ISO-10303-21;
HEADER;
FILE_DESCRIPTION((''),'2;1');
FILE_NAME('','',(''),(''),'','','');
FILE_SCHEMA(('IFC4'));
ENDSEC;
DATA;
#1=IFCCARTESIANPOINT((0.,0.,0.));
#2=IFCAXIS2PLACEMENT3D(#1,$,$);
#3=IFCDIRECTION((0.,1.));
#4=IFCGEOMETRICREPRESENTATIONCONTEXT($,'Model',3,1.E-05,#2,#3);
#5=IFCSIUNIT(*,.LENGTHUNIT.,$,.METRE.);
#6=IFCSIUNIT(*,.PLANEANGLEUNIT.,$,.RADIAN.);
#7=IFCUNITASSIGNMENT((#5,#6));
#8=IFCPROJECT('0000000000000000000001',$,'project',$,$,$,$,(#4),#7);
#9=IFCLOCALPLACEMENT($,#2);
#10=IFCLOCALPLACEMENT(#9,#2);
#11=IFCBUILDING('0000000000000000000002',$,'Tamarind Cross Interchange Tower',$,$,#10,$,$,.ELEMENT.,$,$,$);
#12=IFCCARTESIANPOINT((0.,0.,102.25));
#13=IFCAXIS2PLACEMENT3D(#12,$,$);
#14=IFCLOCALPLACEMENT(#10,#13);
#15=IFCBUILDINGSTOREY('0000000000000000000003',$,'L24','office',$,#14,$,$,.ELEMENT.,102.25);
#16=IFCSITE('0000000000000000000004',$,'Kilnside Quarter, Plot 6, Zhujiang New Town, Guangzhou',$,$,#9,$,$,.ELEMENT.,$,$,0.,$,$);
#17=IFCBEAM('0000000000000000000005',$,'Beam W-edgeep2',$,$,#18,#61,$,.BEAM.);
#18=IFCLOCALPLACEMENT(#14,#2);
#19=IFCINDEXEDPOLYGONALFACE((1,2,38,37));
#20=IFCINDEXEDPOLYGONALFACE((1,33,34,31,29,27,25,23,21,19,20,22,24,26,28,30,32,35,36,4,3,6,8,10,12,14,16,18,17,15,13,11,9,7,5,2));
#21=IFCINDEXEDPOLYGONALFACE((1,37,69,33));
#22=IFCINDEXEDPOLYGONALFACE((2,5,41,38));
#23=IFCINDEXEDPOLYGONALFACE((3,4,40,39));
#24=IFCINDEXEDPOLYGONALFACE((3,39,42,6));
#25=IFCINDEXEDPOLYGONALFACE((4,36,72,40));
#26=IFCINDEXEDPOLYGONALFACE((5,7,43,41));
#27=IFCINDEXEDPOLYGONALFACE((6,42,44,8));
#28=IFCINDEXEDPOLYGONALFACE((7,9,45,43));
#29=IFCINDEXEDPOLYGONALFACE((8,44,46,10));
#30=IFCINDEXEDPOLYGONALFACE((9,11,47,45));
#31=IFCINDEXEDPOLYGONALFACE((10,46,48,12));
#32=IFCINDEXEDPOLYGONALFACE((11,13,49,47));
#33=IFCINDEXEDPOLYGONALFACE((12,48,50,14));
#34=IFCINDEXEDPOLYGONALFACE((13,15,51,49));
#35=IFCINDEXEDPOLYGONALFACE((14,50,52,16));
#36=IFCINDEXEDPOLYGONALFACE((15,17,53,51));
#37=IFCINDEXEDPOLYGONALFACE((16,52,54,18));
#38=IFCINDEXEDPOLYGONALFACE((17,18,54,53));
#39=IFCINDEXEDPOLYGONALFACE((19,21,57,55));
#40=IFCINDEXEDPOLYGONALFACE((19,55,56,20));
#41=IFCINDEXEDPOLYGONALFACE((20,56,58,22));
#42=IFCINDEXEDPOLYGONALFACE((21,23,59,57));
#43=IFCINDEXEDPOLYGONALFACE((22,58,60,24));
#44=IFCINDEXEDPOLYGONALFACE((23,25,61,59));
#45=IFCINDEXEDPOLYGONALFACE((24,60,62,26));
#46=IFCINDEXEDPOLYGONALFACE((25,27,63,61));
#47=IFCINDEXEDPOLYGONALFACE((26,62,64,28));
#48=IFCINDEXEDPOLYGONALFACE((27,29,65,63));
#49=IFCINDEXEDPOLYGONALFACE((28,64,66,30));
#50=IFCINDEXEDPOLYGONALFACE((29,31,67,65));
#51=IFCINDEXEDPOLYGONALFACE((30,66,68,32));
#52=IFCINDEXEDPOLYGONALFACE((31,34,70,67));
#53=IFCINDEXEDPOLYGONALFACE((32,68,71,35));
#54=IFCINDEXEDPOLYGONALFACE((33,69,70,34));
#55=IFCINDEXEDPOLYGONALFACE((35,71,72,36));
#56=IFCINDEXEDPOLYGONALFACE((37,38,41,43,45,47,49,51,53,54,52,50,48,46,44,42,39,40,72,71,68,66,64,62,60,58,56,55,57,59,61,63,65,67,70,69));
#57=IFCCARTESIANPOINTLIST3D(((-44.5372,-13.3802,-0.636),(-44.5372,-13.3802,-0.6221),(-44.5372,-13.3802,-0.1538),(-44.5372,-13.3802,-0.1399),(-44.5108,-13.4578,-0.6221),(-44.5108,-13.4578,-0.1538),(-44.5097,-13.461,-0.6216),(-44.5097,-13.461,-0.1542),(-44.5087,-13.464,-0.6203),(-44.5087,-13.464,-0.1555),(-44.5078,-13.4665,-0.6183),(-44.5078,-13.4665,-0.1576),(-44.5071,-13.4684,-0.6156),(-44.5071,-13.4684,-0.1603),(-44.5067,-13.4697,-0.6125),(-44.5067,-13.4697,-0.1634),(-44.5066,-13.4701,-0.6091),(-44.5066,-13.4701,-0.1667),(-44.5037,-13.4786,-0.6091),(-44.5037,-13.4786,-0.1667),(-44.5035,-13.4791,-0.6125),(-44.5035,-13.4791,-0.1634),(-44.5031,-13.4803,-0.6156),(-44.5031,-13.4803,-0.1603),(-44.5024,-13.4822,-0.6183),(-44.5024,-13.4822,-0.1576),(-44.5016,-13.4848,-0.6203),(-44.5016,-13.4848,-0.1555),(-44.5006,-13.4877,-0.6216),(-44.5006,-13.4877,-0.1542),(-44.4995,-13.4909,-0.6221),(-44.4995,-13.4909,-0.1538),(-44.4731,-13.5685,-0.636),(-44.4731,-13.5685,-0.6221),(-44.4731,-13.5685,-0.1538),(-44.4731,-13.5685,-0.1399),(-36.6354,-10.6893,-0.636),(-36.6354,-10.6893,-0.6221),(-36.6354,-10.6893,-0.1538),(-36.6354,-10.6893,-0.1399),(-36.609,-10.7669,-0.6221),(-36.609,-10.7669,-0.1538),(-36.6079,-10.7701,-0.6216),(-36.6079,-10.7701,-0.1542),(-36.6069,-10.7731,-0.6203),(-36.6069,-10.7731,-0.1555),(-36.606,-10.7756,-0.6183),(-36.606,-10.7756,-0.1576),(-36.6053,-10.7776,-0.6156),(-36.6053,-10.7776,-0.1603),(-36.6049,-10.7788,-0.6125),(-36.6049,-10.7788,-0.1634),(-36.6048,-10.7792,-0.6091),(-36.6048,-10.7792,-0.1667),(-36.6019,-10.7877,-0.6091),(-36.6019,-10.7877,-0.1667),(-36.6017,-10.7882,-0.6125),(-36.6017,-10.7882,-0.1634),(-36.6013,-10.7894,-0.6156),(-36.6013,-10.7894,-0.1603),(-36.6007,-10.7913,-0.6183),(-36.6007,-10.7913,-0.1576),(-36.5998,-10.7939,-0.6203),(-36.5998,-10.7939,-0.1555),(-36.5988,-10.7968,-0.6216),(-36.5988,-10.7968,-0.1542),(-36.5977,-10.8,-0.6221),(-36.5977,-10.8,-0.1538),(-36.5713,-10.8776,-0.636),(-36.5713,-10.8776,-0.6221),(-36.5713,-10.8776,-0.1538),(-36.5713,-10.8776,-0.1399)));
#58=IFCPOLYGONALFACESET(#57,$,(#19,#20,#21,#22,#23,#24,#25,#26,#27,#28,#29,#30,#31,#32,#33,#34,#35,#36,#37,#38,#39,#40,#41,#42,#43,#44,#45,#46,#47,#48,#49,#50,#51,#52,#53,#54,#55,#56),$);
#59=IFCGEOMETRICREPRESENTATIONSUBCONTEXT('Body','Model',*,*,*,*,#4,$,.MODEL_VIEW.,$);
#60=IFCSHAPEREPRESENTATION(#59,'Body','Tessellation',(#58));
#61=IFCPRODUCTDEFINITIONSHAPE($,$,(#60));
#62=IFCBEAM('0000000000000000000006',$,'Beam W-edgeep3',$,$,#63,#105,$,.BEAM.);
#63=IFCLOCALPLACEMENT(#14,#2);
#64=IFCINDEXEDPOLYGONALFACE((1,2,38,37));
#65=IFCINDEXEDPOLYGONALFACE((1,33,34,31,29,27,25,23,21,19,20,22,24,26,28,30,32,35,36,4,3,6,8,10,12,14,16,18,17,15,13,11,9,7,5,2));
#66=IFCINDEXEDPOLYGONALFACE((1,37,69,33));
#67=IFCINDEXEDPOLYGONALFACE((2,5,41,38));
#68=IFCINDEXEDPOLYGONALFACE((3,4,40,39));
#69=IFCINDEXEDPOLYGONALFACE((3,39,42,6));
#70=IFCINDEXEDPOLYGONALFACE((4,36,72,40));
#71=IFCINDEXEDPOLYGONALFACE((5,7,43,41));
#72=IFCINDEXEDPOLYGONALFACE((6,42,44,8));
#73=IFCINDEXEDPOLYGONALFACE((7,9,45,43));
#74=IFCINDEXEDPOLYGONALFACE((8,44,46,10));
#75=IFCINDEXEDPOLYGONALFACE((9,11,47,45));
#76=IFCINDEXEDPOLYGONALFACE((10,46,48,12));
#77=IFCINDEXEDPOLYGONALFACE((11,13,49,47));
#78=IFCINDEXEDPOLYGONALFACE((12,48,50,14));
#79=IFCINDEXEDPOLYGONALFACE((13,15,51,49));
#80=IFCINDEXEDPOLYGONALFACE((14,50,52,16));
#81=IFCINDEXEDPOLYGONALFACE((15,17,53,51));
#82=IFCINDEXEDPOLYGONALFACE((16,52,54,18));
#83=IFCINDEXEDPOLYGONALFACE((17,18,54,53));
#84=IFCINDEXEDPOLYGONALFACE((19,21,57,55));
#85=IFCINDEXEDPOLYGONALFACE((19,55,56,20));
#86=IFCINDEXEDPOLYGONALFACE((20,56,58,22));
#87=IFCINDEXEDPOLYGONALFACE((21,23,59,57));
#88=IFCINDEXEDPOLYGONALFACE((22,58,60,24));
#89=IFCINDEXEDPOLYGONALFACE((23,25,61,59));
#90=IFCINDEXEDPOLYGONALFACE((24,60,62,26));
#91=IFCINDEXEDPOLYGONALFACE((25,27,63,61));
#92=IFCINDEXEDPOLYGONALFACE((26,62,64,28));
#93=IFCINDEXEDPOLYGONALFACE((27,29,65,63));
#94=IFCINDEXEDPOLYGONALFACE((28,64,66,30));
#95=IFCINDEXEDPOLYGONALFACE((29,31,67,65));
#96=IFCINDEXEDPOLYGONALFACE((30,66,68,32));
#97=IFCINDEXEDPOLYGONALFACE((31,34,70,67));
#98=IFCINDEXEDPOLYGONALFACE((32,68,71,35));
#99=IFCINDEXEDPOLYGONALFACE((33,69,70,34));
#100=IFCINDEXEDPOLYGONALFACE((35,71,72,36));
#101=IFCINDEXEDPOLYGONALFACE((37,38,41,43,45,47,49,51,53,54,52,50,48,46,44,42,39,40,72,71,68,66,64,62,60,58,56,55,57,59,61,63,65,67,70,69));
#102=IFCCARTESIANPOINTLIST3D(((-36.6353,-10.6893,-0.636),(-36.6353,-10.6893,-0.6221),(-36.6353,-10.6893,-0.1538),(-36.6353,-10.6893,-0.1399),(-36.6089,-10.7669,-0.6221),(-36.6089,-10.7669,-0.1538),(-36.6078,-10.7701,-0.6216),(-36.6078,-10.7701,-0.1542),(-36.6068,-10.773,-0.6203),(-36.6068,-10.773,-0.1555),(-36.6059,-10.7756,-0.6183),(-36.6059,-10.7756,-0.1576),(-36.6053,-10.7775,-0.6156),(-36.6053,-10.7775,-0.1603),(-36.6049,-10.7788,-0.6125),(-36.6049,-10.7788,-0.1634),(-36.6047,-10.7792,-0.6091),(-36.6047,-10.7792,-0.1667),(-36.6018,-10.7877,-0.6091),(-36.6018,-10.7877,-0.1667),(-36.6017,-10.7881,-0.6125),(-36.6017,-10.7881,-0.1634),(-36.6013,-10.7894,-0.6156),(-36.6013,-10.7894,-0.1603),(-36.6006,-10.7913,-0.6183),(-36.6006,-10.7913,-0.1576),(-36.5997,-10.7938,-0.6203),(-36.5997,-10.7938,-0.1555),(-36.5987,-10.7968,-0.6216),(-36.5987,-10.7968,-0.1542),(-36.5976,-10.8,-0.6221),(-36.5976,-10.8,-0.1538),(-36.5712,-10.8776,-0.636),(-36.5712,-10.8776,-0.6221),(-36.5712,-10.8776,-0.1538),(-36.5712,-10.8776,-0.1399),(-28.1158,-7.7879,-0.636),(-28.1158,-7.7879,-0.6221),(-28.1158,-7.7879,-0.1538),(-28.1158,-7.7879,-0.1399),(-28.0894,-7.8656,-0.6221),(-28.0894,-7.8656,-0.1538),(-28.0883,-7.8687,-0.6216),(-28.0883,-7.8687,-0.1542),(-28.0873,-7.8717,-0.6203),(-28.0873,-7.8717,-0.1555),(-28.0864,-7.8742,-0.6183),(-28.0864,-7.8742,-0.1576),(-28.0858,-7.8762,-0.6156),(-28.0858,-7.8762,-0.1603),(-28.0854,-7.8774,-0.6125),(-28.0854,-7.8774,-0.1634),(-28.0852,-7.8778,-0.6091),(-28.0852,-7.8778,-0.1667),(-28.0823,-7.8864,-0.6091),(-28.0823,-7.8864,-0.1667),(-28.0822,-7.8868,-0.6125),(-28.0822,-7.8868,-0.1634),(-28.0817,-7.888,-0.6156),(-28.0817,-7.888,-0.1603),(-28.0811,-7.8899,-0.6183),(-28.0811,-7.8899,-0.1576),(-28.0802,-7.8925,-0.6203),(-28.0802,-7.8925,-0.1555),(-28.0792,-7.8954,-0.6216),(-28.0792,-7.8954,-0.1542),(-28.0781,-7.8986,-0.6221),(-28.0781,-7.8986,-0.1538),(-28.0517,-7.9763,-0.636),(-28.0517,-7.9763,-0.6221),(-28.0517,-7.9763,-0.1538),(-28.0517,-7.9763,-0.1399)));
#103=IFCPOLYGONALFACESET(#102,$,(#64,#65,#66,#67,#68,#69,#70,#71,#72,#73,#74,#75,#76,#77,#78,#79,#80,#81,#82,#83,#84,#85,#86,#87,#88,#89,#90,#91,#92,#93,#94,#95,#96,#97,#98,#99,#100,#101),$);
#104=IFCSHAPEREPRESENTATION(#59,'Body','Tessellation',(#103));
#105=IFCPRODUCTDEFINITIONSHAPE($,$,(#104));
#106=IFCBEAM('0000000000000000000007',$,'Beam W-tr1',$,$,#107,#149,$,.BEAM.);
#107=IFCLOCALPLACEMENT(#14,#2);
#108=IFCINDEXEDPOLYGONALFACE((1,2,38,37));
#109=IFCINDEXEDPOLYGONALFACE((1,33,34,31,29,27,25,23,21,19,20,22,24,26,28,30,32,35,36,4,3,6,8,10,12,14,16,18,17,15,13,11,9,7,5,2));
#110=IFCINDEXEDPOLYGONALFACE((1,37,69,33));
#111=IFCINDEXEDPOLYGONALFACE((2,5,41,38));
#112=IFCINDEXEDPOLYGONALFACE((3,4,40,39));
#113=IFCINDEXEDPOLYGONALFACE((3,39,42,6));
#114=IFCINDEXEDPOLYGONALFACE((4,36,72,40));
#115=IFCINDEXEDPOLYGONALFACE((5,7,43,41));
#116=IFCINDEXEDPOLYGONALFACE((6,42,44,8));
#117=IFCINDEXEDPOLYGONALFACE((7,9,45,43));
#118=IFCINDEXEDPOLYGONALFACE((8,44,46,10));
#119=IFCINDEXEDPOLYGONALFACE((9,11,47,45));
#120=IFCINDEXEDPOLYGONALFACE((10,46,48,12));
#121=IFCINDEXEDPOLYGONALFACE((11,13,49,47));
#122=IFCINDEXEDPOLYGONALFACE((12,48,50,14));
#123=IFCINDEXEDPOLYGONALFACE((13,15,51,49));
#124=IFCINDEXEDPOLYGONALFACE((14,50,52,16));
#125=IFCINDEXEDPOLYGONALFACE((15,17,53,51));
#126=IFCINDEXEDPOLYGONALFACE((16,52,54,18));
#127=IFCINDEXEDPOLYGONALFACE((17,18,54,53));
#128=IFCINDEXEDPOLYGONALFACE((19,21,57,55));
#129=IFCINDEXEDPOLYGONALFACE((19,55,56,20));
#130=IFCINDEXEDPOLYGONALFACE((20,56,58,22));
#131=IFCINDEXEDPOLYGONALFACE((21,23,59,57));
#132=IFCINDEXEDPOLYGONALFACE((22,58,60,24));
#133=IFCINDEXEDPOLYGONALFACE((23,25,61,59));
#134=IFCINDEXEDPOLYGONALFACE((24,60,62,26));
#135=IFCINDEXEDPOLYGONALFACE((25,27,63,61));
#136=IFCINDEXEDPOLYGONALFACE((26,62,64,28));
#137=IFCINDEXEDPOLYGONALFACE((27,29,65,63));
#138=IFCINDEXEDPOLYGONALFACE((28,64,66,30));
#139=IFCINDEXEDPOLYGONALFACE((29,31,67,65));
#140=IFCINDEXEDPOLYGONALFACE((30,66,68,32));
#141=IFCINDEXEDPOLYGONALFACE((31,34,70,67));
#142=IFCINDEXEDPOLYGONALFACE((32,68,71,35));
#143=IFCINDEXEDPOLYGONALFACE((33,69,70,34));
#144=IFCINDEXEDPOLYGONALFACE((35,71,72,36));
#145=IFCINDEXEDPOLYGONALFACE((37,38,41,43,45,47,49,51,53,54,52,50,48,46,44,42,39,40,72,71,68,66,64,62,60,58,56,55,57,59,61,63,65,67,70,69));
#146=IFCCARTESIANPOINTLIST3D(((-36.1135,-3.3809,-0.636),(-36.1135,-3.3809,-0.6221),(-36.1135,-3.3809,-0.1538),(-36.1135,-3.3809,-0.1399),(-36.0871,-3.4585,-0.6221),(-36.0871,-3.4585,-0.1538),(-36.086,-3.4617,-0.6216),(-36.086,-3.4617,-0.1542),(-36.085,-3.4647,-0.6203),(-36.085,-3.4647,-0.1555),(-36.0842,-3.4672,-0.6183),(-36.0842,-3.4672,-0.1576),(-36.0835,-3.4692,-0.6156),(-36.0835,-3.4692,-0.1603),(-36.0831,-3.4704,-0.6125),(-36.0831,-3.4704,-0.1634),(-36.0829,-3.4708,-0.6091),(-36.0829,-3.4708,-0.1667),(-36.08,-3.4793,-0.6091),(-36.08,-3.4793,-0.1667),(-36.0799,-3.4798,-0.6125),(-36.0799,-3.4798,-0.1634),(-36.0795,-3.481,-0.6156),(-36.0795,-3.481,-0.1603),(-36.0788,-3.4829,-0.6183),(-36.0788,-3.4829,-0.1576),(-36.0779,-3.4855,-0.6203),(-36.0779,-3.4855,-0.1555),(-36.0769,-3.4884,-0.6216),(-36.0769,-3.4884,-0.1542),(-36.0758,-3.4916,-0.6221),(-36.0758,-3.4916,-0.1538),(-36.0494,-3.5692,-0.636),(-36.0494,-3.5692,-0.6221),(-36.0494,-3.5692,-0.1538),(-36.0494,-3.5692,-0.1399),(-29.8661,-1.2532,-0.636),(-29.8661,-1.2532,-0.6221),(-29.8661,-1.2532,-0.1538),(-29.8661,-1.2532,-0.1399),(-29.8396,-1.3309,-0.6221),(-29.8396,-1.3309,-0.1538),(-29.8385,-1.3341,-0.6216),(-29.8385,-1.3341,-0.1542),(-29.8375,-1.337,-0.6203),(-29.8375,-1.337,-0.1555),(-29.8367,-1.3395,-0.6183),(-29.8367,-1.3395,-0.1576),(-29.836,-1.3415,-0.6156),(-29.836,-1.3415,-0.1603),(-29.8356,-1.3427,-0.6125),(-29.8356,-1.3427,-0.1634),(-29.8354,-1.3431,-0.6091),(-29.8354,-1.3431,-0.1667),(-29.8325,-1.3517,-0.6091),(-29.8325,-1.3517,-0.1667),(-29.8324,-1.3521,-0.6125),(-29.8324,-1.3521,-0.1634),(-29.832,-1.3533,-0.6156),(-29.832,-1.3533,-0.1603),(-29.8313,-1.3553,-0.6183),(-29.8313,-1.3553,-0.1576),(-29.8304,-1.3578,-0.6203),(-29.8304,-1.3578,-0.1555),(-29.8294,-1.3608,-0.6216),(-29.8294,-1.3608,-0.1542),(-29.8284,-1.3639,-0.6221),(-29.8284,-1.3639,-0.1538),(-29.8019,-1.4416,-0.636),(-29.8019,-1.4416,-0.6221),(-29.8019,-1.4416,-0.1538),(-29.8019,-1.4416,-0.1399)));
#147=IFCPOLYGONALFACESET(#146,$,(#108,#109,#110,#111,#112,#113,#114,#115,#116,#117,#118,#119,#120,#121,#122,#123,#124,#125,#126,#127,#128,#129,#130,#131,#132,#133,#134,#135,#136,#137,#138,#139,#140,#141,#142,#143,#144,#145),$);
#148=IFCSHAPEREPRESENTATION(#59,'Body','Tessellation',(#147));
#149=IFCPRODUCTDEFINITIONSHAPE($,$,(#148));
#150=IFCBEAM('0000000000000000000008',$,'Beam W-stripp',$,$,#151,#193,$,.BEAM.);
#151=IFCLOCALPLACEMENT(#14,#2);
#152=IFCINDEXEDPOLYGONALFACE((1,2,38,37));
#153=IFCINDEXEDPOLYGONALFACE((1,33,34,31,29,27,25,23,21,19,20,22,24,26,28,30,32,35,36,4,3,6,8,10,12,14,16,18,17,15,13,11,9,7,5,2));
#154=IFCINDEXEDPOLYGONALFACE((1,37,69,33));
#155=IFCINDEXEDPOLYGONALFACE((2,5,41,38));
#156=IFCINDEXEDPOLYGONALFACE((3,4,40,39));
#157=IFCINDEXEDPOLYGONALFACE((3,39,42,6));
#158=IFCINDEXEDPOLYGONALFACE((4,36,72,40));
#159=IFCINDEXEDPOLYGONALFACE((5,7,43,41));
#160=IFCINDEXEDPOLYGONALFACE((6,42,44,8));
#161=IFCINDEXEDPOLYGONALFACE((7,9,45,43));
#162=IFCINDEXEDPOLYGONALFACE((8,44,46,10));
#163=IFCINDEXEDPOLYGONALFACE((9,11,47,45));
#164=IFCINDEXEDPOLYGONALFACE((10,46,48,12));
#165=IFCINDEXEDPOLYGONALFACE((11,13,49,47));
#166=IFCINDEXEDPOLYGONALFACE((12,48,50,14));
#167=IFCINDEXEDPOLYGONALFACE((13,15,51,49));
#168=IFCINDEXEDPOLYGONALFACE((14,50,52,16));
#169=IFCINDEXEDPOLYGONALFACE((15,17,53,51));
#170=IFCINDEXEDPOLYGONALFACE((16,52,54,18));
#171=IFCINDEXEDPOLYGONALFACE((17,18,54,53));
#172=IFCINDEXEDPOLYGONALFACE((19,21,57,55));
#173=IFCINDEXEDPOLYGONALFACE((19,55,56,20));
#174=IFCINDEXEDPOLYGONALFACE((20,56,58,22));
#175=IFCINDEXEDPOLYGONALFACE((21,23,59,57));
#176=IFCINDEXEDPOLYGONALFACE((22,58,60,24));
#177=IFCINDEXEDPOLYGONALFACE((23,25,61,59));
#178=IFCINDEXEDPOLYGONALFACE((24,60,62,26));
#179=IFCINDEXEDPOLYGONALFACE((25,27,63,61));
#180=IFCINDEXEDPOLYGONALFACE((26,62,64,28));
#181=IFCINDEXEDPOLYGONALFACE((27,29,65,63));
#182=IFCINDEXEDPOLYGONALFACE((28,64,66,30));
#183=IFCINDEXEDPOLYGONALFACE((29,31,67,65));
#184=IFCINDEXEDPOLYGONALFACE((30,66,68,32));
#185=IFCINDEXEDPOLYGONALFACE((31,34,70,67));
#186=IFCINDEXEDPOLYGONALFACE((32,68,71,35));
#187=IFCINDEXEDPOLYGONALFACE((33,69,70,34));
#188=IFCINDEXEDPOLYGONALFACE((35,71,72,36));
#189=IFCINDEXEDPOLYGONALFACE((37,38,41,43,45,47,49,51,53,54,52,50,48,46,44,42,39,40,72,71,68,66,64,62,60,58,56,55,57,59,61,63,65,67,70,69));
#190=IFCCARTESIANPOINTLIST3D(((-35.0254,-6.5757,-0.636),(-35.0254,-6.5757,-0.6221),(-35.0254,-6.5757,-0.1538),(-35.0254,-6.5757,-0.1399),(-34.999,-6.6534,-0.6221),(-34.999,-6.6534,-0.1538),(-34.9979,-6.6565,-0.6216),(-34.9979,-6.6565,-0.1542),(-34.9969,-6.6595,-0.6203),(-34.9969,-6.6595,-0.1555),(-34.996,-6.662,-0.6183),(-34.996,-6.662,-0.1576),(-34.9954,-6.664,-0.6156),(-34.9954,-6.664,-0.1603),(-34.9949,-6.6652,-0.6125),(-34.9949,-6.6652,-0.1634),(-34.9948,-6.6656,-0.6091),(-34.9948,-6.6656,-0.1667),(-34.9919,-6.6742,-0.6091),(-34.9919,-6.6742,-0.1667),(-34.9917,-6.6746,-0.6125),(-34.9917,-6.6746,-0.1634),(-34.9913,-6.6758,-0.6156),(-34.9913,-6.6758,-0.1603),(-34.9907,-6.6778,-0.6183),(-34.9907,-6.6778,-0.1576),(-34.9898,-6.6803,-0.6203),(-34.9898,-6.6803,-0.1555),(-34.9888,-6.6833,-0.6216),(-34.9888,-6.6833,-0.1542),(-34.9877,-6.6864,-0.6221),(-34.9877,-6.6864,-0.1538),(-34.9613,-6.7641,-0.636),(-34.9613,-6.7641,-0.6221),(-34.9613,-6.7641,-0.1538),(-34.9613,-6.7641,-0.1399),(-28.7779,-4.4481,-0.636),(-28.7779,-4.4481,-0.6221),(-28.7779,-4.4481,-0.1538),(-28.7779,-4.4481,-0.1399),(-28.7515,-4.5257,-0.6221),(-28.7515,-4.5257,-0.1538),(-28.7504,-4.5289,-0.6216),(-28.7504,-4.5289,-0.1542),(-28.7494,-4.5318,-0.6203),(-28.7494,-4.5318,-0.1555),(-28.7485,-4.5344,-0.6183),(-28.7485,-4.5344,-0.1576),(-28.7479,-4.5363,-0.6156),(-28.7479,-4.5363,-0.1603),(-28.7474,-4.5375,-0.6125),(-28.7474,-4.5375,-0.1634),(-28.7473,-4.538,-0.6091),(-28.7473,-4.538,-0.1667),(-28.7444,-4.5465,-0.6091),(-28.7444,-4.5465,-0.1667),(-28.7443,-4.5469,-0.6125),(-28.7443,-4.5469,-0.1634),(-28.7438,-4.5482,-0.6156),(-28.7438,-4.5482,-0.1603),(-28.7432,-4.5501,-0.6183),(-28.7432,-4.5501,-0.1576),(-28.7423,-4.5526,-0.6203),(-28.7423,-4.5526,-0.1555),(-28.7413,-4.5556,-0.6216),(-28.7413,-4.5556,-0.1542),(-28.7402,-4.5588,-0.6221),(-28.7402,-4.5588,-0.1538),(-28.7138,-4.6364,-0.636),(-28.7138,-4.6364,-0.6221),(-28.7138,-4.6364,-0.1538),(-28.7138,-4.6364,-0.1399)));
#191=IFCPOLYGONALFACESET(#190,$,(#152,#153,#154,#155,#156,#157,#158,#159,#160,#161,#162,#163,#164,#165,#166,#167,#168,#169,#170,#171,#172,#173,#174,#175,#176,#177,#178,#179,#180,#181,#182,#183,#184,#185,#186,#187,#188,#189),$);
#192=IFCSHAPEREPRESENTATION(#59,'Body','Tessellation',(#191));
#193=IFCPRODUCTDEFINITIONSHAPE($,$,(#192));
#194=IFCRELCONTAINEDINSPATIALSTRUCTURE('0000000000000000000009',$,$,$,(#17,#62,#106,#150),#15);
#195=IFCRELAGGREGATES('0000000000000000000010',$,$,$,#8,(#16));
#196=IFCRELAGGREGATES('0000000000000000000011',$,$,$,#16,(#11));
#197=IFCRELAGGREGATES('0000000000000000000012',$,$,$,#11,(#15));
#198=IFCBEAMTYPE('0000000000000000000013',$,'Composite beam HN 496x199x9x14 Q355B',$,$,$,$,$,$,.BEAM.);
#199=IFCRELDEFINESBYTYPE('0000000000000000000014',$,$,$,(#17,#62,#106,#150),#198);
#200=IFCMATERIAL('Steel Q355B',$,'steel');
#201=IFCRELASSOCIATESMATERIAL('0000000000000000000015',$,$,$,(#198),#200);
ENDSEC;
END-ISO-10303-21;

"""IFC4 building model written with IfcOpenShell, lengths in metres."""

from ifc_helpers import new_model, si_unit, direction, frame, origin, origin_2d, place, context, subcontext, project, spatial, i_section, extrude, material, material_profile, profile_set, type_object, element, save


model = new_model("IFC4")

# Units and contexts
model_context = context("Model", 3, precision=1e-05, world=origin(), true_north=direction((0.0, 1.0)))
body_context = subcontext(model_context, "Body", "Model", "MODEL_VIEW")
ifc_project = project(units=[si_unit("LENGTHUNIT", "METRE"), si_unit("PLANEANGLEUNIT", "RADIAN")], contexts=[model_context])

# Site, building, storey
site_placement = place(None, origin())
site = spatial("IfcSite", under=ifc_project, at=site_placement, Name="Kilnside Quarter, Plot 6, Zhujiang New Town, Guangzhou", CompositionType="ELEMENT", RefElevation=0.0)
building_placement = place(site_placement, origin())
building = spatial("IfcBuilding", under=site, at=building_placement, Name="Tamarind Cross Interchange Tower", CompositionType="ELEMENT")
storey_placement = place(building_placement, frame((0.0, 0.0, 102.25)))
storey = spatial("IfcBuildingStorey", under=building, at=storey_placement, Name="L24", Description="office", CompositionType="ELEMENT", Elevation=102.25)

# Beams
ifc_material_1 = material(Name="Steel Q355B", Category="steel")
ifc_material_profile_1 = material_profile(ifc_material_1, i_section(OverallWidth=0.199, OverallDepth=0.4961, WebThickness=0.009, FlangeThickness=0.0139, FilletRadius=0.0129, at=origin_2d()), Name="HN 496x199x9x14")
ifc_profile_set_1 = profile_set([ifc_material_profile_1], Name="Steel Q355B")
beam_type_1 = type_object("IfcBeamType", Name="Composite beam HN 496x199x9x14 Q355B", PredefinedType="BEAM", material=ifc_profile_set_1)
beam_1_placement = place(storey_placement, frame((-44.5051, -13.4744, -0.3879), z_axis=(0.946616, 0.322363, 0.0), x_axis=(-0.322363, 0.946616, 0.0)))
element("IfcBeam", 1, at=beam_1_placement, inside=storey, type_object=beam_type_1, Name="Beam W-edgeep2", PredefinedType="BEAM", context=body_context, shape_type="SweptSolid", body=[
    extrude(i_section(OverallWidth=0.199, OverallDepth=0.4961, WebThickness=0.009, FlangeThickness=0.0139, FilletRadius=0.0129, at=origin_2d()), origin(), (0.0, 0.0, 1.0), 8.3474),
])
beam_2_placement = place(storey_placement, frame((-36.6033, -10.7834, -0.3879), z_axis=(0.946613, 0.322373, 0.0), x_axis=(-0.322373, 0.946613, 0.0)))
element("IfcBeam", 2, at=beam_2_placement, inside=storey, type_object=beam_type_1, Name="Beam W-edgeep3", PredefinedType="BEAM", context=body_context, shape_type="SweptSolid", body=[
    extrude(i_section(OverallWidth=0.199, OverallDepth=0.4961, WebThickness=0.009, FlangeThickness=0.0139, FilletRadius=0.0129, at=origin_2d()), origin(), (0.0, 0.0, 1.0), 9.0),
])
for number, where, z_axis, x_axis, name in (
    (3, (-29.834, -1.3474, -0.3879), (-0.94661, -0.32238, 0.0), (0.32238, -0.94661, 0.0), "Beam W-tr1"),
    (4, (-28.7458, -4.5422, -0.3879), (-0.94661, -0.32238, 0.0), (0.32238, -0.94661, 0.0), "Beam W-stripp"),
):
    element("IfcBeam", number, at=place(storey_placement, frame(where, z_axis=z_axis, x_axis=x_axis)), inside=storey, type_object=beam_type_1, Name=name, PredefinedType="BEAM", context=body_context, shape_type="SweptSolid", body=[
        extrude(i_section(OverallWidth=0.199, OverallDepth=0.4961, WebThickness=0.009, FlangeThickness=0.0139, FilletRadius=0.0129, at=origin_2d()), origin(), (0.0, 0.0, 1.0), 6.5999),
    ])

save(model, "model.ifc")
